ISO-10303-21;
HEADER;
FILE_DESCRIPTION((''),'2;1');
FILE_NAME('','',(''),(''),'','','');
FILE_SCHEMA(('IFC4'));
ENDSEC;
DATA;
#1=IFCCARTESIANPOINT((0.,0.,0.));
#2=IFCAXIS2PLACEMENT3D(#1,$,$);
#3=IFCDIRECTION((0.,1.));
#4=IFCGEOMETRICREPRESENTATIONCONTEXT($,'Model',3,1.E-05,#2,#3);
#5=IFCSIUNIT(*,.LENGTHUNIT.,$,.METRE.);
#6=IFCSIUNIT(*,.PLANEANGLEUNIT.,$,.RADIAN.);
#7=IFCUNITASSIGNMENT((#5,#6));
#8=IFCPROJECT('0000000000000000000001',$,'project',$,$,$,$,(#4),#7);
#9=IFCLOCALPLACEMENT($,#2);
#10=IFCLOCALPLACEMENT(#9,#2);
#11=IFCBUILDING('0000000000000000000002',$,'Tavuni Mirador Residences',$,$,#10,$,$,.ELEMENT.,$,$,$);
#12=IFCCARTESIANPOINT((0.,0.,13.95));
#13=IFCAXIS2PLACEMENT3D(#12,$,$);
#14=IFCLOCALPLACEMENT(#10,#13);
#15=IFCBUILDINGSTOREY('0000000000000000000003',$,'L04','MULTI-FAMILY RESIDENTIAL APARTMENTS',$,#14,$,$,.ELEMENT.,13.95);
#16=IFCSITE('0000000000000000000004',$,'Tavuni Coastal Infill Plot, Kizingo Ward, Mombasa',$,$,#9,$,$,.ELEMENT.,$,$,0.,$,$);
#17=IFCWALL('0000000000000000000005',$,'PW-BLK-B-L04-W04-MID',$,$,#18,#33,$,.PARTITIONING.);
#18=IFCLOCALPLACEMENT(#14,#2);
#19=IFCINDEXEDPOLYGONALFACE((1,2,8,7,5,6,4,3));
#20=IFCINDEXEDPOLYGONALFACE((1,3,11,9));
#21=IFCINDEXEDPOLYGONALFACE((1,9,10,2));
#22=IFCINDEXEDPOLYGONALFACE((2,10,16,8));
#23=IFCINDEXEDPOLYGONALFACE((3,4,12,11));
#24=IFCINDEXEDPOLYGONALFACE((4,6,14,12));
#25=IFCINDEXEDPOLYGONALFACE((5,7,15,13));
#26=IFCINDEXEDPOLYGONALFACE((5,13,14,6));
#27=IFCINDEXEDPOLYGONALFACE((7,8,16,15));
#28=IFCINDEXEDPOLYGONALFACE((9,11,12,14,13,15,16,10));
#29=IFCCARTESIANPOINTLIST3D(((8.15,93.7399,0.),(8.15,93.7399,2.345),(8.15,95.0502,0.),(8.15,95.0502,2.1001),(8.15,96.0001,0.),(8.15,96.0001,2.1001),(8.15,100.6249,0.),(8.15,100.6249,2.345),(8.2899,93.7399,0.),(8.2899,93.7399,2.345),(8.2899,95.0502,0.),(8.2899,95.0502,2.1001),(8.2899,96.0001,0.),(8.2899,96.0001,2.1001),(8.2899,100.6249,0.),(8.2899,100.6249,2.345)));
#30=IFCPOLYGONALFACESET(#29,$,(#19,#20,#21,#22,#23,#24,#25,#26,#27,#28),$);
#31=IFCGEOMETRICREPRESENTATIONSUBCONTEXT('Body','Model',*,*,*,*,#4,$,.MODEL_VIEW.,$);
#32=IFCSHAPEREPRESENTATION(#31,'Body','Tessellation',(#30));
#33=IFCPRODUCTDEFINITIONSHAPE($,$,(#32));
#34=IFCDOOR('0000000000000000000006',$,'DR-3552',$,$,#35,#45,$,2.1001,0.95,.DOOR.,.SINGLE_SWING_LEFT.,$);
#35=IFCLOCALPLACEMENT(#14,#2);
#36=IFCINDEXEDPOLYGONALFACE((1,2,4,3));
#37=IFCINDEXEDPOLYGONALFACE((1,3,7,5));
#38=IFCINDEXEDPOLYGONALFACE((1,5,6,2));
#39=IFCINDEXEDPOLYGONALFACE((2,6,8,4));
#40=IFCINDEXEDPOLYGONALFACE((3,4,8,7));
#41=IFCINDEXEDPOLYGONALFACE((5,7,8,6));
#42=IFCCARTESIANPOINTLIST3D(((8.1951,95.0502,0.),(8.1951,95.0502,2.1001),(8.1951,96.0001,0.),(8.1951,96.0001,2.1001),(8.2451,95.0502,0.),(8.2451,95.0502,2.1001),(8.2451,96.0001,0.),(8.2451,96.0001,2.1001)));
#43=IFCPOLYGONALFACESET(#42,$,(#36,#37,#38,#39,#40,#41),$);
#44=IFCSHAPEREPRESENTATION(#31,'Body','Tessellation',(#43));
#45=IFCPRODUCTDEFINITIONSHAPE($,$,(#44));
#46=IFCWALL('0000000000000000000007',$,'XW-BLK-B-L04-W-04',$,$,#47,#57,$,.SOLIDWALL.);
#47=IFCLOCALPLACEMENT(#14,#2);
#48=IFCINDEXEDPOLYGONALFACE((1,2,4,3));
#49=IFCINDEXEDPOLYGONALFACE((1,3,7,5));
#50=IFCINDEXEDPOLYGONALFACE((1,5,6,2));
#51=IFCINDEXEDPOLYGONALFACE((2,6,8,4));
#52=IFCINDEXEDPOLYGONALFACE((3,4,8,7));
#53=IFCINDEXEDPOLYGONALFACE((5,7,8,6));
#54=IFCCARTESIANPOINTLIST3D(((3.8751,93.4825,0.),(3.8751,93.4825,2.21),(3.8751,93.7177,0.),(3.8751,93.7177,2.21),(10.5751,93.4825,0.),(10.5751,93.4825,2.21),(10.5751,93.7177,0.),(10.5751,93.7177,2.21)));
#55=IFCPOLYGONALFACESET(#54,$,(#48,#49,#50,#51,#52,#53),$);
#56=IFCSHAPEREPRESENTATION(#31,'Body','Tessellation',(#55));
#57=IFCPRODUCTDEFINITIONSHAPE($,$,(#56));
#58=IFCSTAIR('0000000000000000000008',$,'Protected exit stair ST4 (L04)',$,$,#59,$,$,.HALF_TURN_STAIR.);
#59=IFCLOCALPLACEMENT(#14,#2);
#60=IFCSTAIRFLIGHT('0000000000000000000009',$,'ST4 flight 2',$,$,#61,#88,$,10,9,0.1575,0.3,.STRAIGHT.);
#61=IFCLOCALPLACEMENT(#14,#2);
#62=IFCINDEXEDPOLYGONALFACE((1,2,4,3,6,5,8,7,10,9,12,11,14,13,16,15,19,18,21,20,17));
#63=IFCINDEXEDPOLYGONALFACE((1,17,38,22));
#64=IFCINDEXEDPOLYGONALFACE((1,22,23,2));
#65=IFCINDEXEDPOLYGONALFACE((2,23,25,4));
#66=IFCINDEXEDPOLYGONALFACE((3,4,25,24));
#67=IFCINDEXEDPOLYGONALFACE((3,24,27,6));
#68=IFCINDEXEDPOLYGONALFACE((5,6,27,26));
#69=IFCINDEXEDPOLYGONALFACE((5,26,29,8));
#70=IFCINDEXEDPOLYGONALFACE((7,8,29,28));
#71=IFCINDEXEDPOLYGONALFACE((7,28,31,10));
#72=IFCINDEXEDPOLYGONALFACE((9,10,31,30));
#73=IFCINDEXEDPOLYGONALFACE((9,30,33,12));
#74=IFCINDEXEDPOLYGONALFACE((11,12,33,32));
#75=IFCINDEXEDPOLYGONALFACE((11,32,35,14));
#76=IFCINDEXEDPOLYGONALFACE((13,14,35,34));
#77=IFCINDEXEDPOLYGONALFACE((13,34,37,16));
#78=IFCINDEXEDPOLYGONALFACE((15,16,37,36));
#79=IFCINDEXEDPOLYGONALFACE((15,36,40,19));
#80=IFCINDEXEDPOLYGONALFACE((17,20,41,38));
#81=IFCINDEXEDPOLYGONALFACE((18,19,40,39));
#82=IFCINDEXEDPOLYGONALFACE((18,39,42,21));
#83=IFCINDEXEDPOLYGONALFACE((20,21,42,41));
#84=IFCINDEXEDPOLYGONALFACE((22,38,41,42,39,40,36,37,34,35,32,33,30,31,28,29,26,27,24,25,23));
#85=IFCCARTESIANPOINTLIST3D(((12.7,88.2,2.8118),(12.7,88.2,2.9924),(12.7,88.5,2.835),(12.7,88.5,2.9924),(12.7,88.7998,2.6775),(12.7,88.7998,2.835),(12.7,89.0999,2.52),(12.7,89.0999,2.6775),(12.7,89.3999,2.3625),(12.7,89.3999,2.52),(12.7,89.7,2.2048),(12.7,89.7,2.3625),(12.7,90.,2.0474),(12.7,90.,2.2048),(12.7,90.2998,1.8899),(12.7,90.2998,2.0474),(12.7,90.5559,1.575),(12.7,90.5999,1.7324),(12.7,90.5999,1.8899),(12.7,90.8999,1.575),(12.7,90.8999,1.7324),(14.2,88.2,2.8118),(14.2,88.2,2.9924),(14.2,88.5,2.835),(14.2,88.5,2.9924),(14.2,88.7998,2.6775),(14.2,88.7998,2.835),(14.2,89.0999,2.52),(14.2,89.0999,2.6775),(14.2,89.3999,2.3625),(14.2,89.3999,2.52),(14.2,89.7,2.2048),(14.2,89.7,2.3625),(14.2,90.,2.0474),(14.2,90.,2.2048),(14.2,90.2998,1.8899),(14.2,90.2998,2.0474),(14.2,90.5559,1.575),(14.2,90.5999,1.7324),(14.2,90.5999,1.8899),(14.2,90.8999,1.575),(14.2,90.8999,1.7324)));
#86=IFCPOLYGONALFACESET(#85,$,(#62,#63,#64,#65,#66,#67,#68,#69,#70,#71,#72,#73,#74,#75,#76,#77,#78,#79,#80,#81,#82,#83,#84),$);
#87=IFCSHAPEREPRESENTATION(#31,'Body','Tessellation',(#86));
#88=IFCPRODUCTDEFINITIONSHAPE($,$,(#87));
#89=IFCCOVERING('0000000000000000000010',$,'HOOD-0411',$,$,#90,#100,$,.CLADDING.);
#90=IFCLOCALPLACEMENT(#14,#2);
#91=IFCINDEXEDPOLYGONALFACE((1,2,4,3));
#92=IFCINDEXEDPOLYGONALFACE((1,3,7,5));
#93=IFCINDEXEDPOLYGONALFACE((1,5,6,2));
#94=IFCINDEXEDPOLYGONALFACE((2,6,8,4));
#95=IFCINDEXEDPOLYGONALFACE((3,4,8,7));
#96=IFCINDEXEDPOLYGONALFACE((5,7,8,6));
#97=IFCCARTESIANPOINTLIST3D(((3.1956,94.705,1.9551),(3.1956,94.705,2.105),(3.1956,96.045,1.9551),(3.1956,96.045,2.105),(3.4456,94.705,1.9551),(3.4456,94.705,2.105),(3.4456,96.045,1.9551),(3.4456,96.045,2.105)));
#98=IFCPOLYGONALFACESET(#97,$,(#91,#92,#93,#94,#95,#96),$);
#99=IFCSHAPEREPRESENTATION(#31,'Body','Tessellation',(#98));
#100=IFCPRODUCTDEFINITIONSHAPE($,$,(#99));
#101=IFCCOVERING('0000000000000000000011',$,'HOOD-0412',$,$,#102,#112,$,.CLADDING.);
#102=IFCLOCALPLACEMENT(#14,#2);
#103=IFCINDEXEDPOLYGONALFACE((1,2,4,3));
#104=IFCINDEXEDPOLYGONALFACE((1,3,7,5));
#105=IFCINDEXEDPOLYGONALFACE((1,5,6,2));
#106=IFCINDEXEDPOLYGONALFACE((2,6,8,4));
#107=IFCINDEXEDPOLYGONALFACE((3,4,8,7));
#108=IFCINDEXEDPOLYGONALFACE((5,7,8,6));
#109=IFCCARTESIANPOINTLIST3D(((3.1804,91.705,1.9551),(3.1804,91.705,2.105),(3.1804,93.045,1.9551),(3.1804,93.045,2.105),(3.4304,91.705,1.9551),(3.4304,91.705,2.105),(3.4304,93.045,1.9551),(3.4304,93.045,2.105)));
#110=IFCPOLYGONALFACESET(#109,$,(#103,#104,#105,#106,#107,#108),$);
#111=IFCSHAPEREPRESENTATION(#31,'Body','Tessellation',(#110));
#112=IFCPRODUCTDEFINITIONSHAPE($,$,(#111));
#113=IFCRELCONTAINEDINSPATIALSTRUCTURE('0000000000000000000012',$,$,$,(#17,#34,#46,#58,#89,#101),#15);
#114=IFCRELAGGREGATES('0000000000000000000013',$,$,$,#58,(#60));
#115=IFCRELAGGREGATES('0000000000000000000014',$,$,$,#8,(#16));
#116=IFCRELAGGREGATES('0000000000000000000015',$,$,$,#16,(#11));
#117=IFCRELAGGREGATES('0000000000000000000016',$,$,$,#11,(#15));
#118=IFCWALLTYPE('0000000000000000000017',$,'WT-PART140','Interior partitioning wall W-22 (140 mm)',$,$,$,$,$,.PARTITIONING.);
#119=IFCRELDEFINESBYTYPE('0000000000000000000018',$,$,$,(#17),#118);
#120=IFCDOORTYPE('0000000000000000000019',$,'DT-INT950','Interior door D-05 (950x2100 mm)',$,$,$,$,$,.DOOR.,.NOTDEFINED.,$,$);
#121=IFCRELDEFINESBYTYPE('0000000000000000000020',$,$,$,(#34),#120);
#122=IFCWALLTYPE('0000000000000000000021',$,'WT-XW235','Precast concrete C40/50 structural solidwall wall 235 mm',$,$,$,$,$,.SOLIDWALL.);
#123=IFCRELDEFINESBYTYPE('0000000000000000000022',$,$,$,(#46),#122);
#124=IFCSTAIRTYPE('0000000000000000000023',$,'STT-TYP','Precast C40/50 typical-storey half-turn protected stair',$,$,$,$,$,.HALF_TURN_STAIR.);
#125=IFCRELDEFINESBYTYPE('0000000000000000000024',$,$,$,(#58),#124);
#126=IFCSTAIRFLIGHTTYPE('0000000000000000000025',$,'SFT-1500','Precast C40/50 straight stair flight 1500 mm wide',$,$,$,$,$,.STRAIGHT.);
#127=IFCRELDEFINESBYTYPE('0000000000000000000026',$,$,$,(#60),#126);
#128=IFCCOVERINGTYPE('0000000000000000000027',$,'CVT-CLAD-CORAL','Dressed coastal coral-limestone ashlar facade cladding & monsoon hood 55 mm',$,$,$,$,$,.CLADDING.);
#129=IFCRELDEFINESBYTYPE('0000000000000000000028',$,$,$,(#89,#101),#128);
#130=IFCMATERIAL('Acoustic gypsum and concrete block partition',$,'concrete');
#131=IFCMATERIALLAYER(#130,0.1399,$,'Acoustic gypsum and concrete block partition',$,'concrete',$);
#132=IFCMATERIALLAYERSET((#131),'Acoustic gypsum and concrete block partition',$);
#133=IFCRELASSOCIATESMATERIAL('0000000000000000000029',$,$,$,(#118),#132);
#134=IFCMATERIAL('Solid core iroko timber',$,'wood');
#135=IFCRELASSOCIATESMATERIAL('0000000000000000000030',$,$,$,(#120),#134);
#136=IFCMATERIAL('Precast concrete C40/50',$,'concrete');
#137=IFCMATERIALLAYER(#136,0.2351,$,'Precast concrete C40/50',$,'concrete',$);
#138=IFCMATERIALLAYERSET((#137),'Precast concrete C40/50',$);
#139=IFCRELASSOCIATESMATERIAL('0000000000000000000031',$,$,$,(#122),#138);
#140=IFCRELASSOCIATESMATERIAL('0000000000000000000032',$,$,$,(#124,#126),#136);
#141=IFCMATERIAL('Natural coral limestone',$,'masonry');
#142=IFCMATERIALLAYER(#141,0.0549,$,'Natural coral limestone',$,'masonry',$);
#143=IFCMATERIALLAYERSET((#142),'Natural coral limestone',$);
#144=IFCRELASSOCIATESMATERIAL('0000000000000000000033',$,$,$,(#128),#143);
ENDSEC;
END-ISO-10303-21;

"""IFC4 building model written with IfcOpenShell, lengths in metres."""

from ifc_helpers import new_model, si_unit, direction, frame, frame_2d, origin, origin_2d, place, context, subcontext, project, spatial, polyline, rectangle, outline, extrude, material, layer, layer_set, type_object, element, fill, aggregate, save


model = new_model("IFC4")

# Units and contexts
model_context = context("Model", 3, precision=1e-05, world=origin(), true_north=direction((0.0, 1.0)))
body_context = subcontext(model_context, "Body", "Model", "MODEL_VIEW")
ifc_project = project(units=[si_unit("LENGTHUNIT", "METRE"), si_unit("PLANEANGLEUNIT", "RADIAN")], contexts=[model_context])

# Site, building, storey
site_placement = place(None, origin())
site = spatial("IfcSite", under=ifc_project, at=site_placement, Name="Tavuni Coastal Infill Plot, Kizingo Ward, Mombasa", CompositionType="ELEMENT", RefElevation=0.0)
building_placement = place(site_placement, origin())
building = spatial("IfcBuilding", under=site, at=building_placement, Name="Tavuni Mirador Residences", CompositionType="ELEMENT")
storey_placement = place(building_placement, frame((0.0, 0.0, 13.95)))
storey = spatial("IfcBuildingStorey", under=building, at=storey_placement, Name="L04", Description="MULTI-FAMILY RESIDENTIAL APARTMENTS", CompositionType="ELEMENT", Elevation=13.95)

# Shared definitions
ifc_material_1 = material(Name="Precast concrete C40/50", Category="concrete")

# Shared definitions
ifc_material_2 = material(Name="Solid core iroko timber", Category="wood")

# Wall, opening, door
ifc_material_3 = material(Name="Acoustic gypsum and concrete block partition", Category="concrete")
ifc_layer_1 = layer(ifc_material_3, 0.1399, Name="Acoustic gypsum and concrete block partition", Category="concrete")
ifc_layer_set_1 = layer_set([ifc_layer_1], Name="Acoustic gypsum and concrete block partition")
wall_type_1 = type_object("IfcWallType", Name="WT-PART140", Description="Interior partitioning wall W-22 (140 mm)", PredefinedType="PARTITIONING", material=ifc_layer_set_1)
wall_1_placement = place(storey_placement, frame((8.22, 93.74, 0.0), z_axis=(0.0, 0.0, 1.0), x_axis=(0.0, 1.0, 0.0)))
wall_1 = element("IfcWall", 1, at=wall_1_placement, inside=storey, type_object=wall_type_1, Name="PW-BLK-B-L04-W04-MID", PredefinedType="PARTITIONING", context=body_context, shape_type="SweptSolid", body=[
    extrude(rectangle(XDim=6.885, YDim=0.1399, at=frame_2d((3.4424, 0.0))), origin(), (0.0, 0.0, 1.0), 2.345),
])
opening_1_placement = place(wall_1_placement, frame((1.3101, 0.0, 0.0)))
opening_1 = element("IfcOpeningElement", 2, at=opening_1_placement, cuts=wall_1, PredefinedType="OPENING", context=body_context, shape_type="SweptSolid", body=[
    extrude(rectangle(XDim=0.95, YDim=2.1001, at=frame_2d((0.4751, 1.05))), frame((0.0, 0.0801, 0.0), z_axis=(0.0, -1.0, 0.0), x_axis=(1.0, 0.0, 0.0)), (0.0, 0.0, 1.0), 0.1599),
])
door_type_1 = type_object("IfcDoorType", Name="DT-INT950", Description="Interior door D-05 (950x2100 mm)", OperationType="NOTDEFINED", PredefinedType="DOOR", material=ifc_material_2)
door_1_placement = place(opening_1_placement, origin())
door_1 = element("IfcDoor", 3, at=door_1_placement, inside=storey, type_object=door_type_1, Name="DR-3552", OperationType="SINGLE_SWING_LEFT", OverallHeight=2.1001, OverallWidth=0.95, PredefinedType="DOOR", context=body_context, shape_type="SweptSolid", body=[
    extrude(rectangle(XDim=0.95, YDim=2.1001, at=frame_2d((0.4751, 1.05))), frame((0.0, 0.0249, 0.0), z_axis=(0.0, -1.0, 0.0), x_axis=(1.0, 0.0, 0.0)), (0.0, 0.0, 1.0), 0.05),
])
fill(opening_1, door_1)

# Wall
ifc_layer_2 = layer(ifc_material_1, 0.2351, Name="Precast concrete C40/50", Category="concrete")
ifc_layer_set_2 = layer_set([ifc_layer_2], Name="Precast concrete C40/50")
wall_type_2 = type_object("IfcWallType", Name="WT-XW235", Description="Precast concrete C40/50 structural solidwall wall 235 mm", PredefinedType="SOLIDWALL", material=ifc_layer_set_2)
wall_2_placement = place(storey_placement, frame((3.875, 93.6001, 0.0), z_axis=(0.0, 0.0, 1.0), x_axis=(1.0, 0.0, 0.0)))
element("IfcWall", 4, at=wall_2_placement, inside=storey, type_object=wall_type_2, Name="XW-BLK-B-L04-W-04", PredefinedType="SOLIDWALL", context=body_context, shape_type="SweptSolid", body=[
    extrude(rectangle(XDim=6.7, YDim=0.2351, at=frame_2d((3.3501, 0.0))), origin(), (0.0, 0.0, 1.0), 2.21),
])

# Stair, stair flight
stair_type = type_object("IfcStairType", Name="STT-TYP", Description="Precast C40/50 typical-storey half-turn protected stair", PredefinedType="HALF_TURN_STAIR", material=ifc_material_1)
stair_placement = place(storey_placement, origin())
stair = element("IfcStair", 5, at=stair_placement, inside=storey, type_object=stair_type, Name="Protected exit stair ST4 (L04)", PredefinedType="HALF_TURN_STAIR")
stair_flight_type = type_object("IfcStairFlightType", Name="SFT-1500", Description="Precast C40/50 straight stair flight 1500 mm wide", PredefinedType="STRAIGHT", material=ifc_material_1)
stair_flight_placement = place(storey_placement, frame((13.45, 90.8999, 1.575), z_axis=(0.0, 0.0, 1.0), x_axis=(0.0, -1.0, 0.0)))
stair_flight = element("IfcStairFlight", 6, at=stair_flight_placement, type_object=stair_flight_type, Name="ST4 flight 2", NumberOfRisers=10, NumberOfTreads=9, PredefinedType="STRAIGHT", RiserHeight=0.1575, TreadLength=0.3, context=body_context, shape_type="SweptSolid", body=[
    extrude(outline(polyline([(0.0, 0.0), (0.0, 0.1575), (0.3, 0.1575), (0.3, 0.3149), (0.6001, 0.3149), (0.6001, 0.4724), (0.8999, 0.4724), (0.8999, 0.6299), (1.2, 0.6299), (1.2, 0.7876), (1.5, 0.7876), (1.5, 0.9451), (1.8, 0.9451), (1.8, 1.1025), (2.1001, 1.1025), (2.1001, 1.26), (2.3999, 1.26), (2.3999, 1.4175), (2.7, 1.4175), (2.7, 1.575), (2.7, 1.2368), (0.344, 0.0), (0.0, 0.0)])), frame((0.0, 0.75, 0.0), z_axis=(0.0, -1.0, 0.0), x_axis=(1.0, 0.0, 0.0)), (0.0, 0.0, 1.0), 1.5),
])
aggregate(stair, [stair_flight])

# Coverings
ifc_material_4 = material(Name="Natural coral limestone", Category="masonry")
ifc_layer_3 = layer(ifc_material_4, 0.0549, Name="Natural coral limestone", Category="masonry")
ifc_layer_set_3 = layer_set([ifc_layer_3], Name="Natural coral limestone")
covering_type = type_object("IfcCoveringType", Name="CVT-CLAD-CORAL", Description="Dressed coastal coral-limestone ashlar facade cladding & monsoon hood 55 mm", PredefinedType="CLADDING", material=ifc_layer_set_3)
for number, where, z_axis, x_axis, name in (
    (7, (3.3206, 95.375, 1.9551), (0.0, 0.0, 1.0), (0.0, -1.0, 0.0), "HOOD-0411"),
    (8, (3.3054, 92.375, 1.9551), (0.0, 0.0, 1.0), (0.0, -1.0, 0.0), "HOOD-0412"),
):
    element("IfcCovering", number, at=place(storey_placement, frame(where, z_axis=z_axis, x_axis=x_axis)), inside=storey, type_object=covering_type, Name=name, PredefinedType="CLADDING", context=body_context, shape_type="SweptSolid", body=[
        extrude(rectangle(XDim=1.3401, YDim=0.25, at=origin_2d()), origin(), (0.0, 0.0, 1.0), 0.1499),
    ])

save(model, "model.ifc")
